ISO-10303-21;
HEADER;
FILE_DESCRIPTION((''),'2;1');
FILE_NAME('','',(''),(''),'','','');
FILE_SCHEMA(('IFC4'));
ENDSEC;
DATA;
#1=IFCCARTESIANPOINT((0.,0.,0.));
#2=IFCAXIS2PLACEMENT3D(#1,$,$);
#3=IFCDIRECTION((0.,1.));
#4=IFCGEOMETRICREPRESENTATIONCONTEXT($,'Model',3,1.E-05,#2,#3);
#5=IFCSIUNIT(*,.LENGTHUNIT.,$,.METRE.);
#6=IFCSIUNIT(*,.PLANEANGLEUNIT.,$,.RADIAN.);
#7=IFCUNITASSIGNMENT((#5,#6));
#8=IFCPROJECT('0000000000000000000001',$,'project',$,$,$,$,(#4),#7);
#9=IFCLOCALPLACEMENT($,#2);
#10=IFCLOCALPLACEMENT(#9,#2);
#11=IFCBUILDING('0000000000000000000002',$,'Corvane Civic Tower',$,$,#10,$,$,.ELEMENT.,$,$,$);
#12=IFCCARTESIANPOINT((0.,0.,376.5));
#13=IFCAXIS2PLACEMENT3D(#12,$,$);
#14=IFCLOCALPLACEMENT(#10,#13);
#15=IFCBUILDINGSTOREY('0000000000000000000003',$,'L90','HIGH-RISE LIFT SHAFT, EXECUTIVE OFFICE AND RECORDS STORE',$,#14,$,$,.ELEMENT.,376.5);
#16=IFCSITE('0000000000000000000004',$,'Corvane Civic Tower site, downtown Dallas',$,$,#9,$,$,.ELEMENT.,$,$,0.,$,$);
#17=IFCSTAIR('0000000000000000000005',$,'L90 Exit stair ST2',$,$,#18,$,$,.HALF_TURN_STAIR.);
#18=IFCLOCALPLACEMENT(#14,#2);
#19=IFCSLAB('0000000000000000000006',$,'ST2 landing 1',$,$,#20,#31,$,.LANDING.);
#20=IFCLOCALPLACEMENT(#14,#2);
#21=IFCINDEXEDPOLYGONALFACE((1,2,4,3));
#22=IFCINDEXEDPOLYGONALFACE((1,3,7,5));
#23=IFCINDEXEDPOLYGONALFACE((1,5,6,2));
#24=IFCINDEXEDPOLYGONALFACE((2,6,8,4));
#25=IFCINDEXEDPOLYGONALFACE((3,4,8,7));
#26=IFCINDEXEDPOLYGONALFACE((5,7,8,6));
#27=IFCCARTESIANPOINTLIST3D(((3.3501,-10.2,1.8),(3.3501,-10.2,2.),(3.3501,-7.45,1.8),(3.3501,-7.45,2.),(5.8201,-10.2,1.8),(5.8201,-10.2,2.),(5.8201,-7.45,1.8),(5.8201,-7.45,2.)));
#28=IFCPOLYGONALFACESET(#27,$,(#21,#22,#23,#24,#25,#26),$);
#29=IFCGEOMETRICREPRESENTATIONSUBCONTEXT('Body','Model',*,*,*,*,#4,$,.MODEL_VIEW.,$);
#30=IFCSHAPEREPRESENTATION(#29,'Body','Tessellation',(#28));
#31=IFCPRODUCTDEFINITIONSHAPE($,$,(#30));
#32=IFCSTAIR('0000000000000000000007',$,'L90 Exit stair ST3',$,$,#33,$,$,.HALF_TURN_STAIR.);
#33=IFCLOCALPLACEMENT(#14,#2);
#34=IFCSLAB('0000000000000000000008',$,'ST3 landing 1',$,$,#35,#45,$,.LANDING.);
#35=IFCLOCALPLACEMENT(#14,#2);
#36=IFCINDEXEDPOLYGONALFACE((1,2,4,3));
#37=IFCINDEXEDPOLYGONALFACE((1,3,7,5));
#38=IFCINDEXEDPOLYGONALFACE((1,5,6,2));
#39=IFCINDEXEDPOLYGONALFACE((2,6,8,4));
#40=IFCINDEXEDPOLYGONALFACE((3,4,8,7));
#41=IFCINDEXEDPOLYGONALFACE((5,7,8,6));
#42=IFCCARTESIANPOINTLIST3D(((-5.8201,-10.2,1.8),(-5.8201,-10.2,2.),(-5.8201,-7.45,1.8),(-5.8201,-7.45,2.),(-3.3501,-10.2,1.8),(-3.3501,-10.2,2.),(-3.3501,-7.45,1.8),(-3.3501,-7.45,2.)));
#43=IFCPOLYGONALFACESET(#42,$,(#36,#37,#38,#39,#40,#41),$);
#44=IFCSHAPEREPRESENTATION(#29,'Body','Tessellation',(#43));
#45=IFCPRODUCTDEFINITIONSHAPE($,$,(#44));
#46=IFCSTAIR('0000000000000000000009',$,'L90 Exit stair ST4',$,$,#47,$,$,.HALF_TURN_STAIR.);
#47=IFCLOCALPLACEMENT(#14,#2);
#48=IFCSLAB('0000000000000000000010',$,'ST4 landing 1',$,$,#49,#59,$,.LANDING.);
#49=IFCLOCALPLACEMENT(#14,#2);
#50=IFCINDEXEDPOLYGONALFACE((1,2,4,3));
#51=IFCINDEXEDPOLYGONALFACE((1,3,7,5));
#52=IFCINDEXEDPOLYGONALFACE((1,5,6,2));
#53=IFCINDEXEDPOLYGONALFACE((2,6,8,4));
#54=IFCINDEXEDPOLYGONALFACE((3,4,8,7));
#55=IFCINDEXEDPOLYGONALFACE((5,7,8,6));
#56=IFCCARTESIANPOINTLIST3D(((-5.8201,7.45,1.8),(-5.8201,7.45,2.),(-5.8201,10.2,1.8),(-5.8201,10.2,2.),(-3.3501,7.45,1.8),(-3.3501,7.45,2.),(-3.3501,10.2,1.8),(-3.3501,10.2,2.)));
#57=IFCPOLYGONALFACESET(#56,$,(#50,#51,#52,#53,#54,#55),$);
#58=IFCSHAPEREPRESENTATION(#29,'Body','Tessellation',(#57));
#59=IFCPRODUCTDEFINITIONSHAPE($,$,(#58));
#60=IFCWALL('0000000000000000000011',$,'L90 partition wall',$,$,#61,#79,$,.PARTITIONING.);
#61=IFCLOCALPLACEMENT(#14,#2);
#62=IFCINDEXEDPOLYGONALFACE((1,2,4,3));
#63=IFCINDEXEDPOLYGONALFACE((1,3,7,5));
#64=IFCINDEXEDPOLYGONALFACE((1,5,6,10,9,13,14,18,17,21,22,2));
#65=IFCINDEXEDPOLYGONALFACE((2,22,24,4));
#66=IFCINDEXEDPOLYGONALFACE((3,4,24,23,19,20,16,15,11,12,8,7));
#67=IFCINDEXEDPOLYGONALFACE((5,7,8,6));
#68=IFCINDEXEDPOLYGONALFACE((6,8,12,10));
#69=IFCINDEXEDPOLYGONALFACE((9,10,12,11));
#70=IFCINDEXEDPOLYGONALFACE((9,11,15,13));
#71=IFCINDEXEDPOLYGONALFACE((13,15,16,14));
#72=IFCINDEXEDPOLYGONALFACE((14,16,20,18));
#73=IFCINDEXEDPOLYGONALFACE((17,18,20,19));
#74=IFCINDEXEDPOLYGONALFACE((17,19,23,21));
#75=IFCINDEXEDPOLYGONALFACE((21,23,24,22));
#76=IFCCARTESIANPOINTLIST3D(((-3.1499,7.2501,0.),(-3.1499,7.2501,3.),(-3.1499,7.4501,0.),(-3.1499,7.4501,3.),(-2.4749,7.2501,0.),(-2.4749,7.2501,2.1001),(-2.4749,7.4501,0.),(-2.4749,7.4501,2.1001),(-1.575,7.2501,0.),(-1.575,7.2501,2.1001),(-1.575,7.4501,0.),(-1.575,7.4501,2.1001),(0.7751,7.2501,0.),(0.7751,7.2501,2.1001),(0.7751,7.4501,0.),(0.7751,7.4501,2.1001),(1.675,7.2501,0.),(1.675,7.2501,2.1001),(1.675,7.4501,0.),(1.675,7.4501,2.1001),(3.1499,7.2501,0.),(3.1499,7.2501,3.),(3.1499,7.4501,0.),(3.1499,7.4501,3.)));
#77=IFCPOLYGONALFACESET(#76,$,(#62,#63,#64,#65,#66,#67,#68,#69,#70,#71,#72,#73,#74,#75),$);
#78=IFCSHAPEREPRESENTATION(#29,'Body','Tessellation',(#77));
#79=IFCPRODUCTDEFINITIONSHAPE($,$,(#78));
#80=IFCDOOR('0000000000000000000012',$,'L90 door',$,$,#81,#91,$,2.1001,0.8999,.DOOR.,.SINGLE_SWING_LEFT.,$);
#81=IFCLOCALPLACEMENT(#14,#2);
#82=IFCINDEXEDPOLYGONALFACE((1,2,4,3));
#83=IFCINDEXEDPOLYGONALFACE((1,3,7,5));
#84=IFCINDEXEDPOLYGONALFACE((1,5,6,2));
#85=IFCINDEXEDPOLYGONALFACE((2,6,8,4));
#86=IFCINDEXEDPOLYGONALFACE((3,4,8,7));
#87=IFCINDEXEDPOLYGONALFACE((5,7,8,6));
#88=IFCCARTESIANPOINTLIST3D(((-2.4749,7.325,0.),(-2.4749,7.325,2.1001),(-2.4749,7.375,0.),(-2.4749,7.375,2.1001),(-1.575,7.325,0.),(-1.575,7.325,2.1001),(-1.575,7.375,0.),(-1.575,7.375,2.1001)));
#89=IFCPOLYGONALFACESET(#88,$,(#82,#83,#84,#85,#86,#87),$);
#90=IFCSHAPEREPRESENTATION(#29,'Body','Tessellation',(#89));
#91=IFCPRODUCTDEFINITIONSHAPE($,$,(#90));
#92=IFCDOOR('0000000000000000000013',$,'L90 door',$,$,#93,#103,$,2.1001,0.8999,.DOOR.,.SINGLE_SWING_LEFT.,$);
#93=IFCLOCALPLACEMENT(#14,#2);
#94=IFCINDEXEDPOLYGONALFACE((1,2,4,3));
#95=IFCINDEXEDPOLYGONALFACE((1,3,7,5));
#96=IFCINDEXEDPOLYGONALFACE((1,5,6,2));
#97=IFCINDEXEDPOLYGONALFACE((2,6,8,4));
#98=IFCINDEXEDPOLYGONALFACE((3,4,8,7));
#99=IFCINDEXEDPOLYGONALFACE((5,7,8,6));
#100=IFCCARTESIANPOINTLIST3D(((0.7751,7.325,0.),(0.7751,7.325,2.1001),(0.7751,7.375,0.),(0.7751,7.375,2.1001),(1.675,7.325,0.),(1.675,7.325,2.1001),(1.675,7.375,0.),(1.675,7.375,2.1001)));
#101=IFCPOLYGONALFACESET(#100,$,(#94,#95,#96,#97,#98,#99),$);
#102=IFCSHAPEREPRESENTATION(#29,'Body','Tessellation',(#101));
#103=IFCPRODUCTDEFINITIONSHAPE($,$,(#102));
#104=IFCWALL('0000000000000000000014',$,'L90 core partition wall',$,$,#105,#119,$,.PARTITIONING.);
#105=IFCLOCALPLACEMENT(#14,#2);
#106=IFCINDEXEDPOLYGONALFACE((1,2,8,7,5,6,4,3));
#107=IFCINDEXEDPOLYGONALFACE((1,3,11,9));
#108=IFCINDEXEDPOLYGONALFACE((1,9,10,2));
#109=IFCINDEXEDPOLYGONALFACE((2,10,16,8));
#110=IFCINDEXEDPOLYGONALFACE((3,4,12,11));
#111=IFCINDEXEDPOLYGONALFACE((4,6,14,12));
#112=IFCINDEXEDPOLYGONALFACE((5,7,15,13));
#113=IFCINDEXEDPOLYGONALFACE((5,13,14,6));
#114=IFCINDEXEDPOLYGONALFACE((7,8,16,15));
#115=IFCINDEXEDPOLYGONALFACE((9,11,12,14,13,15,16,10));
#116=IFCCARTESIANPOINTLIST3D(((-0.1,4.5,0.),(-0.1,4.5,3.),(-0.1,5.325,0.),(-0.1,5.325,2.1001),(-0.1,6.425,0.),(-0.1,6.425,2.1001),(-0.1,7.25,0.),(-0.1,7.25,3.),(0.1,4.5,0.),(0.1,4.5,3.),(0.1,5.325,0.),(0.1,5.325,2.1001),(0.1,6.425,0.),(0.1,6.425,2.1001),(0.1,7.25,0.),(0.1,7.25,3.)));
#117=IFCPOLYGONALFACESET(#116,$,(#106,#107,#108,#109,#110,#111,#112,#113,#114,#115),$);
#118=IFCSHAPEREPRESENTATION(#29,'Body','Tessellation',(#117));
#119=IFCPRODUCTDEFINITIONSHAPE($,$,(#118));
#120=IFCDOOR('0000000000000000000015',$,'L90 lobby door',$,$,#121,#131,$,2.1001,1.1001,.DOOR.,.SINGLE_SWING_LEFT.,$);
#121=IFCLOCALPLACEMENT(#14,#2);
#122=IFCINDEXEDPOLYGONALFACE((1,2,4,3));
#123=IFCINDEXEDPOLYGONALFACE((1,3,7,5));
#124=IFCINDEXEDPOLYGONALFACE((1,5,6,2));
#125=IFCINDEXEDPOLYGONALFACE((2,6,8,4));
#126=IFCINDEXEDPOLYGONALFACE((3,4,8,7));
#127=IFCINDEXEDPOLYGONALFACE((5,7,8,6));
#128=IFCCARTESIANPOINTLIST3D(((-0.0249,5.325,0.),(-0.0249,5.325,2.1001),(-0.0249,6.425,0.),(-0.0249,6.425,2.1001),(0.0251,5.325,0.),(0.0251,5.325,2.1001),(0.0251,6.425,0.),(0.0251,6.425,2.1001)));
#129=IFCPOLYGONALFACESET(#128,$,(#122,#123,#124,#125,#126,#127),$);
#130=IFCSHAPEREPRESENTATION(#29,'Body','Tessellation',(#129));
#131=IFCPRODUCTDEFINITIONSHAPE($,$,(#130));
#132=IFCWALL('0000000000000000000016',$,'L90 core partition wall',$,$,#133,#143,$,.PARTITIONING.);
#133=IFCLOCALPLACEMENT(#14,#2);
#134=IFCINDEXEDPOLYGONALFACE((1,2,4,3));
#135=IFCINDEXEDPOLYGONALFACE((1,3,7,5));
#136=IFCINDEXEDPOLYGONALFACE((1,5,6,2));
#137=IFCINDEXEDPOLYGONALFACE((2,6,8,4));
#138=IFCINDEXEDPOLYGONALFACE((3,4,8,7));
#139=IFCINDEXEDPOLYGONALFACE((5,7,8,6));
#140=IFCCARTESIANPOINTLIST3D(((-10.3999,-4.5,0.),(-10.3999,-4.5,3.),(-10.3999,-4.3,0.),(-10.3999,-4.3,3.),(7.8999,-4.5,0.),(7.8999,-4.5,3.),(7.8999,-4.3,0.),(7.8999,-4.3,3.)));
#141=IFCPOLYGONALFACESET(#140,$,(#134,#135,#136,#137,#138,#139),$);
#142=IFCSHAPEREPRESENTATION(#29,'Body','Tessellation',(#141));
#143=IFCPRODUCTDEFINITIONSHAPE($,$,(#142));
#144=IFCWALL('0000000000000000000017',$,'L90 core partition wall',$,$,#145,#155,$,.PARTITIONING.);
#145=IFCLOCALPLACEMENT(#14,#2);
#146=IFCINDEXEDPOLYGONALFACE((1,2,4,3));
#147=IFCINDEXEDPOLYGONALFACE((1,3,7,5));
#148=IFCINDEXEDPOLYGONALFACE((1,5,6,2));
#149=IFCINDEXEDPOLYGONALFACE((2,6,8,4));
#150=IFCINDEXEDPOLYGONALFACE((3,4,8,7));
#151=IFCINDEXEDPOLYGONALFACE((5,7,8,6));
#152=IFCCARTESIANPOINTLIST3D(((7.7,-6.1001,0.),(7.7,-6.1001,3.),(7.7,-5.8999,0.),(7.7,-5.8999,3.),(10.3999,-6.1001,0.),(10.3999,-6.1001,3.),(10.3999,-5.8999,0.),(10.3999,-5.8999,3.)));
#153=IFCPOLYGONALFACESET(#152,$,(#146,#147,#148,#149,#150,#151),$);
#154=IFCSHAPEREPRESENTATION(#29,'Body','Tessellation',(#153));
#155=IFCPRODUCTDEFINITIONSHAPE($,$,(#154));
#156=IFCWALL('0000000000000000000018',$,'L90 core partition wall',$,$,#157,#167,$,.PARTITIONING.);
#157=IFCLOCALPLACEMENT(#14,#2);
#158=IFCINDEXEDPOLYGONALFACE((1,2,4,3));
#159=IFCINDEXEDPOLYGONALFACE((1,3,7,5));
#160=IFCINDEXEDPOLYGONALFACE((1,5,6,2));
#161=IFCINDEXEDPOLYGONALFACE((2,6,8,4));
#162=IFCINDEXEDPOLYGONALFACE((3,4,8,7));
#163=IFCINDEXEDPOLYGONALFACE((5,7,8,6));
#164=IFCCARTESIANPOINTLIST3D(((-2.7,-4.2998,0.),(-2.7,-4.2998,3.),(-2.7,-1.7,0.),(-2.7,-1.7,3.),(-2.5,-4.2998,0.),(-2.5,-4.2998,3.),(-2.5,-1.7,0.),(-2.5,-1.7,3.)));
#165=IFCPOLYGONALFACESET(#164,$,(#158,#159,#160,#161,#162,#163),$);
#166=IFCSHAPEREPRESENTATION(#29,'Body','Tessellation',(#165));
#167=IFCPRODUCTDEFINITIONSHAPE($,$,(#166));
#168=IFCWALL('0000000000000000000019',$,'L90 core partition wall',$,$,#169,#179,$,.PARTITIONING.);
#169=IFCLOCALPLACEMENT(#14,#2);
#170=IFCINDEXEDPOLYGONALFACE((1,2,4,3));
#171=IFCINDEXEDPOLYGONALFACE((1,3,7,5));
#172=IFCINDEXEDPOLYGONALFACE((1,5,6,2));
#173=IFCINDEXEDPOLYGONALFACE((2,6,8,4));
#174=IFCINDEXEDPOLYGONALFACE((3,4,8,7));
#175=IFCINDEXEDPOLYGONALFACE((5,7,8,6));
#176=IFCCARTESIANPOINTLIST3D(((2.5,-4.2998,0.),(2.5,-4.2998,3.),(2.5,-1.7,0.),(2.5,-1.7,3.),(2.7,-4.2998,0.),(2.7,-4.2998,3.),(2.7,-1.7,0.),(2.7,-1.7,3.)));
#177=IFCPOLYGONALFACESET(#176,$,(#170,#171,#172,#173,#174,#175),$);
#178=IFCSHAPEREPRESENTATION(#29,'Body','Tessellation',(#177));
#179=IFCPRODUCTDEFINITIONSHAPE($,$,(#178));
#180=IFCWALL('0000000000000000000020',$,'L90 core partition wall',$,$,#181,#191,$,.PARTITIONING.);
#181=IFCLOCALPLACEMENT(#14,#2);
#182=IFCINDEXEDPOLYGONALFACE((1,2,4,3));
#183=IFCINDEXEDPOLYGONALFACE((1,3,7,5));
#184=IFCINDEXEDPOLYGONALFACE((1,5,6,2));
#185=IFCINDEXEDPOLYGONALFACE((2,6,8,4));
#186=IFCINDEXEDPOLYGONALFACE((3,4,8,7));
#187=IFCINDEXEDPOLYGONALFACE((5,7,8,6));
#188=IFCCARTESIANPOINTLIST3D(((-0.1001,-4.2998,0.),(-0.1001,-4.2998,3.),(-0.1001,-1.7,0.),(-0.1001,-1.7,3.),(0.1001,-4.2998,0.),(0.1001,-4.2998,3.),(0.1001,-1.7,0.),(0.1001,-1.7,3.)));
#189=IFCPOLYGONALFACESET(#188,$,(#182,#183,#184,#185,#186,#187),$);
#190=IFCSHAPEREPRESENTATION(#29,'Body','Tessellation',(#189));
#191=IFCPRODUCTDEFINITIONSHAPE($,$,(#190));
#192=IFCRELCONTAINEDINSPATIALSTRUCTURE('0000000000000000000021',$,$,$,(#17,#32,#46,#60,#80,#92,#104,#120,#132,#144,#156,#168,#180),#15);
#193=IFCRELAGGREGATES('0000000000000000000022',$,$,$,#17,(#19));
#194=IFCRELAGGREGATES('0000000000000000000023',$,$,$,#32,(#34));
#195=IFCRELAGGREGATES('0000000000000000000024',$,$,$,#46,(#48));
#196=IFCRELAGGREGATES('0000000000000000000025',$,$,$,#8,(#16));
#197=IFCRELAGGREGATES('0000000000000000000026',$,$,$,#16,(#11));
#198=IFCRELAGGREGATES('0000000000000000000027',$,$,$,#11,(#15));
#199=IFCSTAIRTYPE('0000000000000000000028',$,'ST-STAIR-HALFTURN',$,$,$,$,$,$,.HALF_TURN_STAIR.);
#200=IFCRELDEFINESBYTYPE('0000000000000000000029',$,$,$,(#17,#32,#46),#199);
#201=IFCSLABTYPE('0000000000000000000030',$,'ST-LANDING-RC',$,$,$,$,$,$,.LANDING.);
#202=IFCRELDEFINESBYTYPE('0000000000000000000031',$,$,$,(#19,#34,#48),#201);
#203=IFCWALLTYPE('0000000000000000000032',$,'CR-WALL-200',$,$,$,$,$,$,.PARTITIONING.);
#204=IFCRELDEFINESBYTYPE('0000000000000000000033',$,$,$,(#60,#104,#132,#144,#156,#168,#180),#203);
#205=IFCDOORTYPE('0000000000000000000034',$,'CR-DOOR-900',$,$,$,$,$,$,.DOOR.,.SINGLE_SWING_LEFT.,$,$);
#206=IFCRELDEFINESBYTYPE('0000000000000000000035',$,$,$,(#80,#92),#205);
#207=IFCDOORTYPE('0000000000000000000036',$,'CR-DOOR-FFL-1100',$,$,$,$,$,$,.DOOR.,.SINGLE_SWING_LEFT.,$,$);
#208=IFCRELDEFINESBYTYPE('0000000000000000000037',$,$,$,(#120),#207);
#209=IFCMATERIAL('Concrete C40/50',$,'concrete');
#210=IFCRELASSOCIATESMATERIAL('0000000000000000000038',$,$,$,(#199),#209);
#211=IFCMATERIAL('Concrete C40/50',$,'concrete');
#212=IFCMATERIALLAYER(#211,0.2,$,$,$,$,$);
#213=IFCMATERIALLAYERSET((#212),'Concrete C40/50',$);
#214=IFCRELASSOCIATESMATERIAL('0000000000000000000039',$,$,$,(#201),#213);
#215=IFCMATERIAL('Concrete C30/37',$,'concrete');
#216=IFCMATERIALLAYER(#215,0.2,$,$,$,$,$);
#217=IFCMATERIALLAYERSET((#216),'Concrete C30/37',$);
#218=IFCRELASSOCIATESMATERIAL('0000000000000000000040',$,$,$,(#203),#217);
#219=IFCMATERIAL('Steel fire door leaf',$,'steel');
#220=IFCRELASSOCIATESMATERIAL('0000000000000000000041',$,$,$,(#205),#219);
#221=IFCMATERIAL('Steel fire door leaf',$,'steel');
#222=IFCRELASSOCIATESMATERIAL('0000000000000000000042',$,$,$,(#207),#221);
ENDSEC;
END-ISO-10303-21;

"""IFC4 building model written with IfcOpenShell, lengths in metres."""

from ifc_helpers import new_model, si_unit, direction, frame, frame_2d, origin, place, context, subcontext, project, spatial, polyline, rectangle, outline, extrude, material, layer, layer_set, type_object, element, fill, aggregate, save


model = new_model("IFC4")

# Units and contexts
model_context = context("Model", 3, precision=1e-05, world=origin(), true_north=direction((0.0, 1.0)))
body_context = subcontext(model_context, "Body", "Model", "MODEL_VIEW")
ifc_project = project(units=[si_unit("LENGTHUNIT", "METRE"), si_unit("PLANEANGLEUNIT", "RADIAN")], contexts=[model_context])

# Site, building, storey
site_placement = place(None, origin())
site = spatial("IfcSite", under=ifc_project, at=site_placement, Name="Corvane Civic Tower site, downtown Dallas", CompositionType="ELEMENT", RefElevation=0.0)
building_placement = place(site_placement, origin())
building = spatial("IfcBuilding", under=site, at=building_placement, Name="Corvane Civic Tower", CompositionType="ELEMENT")
storey_placement = place(building_placement, frame((0.0, 0.0, 376.5)))
storey = spatial("IfcBuildingStorey", under=building, at=storey_placement, Name="L90", Description="HIGH-RISE LIFT SHAFT, EXECUTIVE OFFICE AND RECORDS STORE", CompositionType="ELEMENT", Elevation=376.5)

# Stairs, slabs
ifc_material_1 = material(Name="Concrete C40/50", Category="concrete")
stair_type = type_object("IfcStairType", Name="ST-STAIR-HALFTURN", PredefinedType="HALF_TURN_STAIR", material=ifc_material_1)
stair_1_placement = place(storey_placement, origin())
stair_1 = element("IfcStair", 1, at=stair_1_placement, inside=storey, type_object=stair_type, Name="L90 Exit stair ST2", PredefinedType="HALF_TURN_STAIR")
ifc_material_2 = material(Name="Concrete C40/50", Category="concrete")
ifc_layer_1 = layer(ifc_material_2, 0.2)
ifc_layer_set_1 = layer_set([ifc_layer_1], Name="Concrete C40/50")
slab_type = type_object("IfcSlabType", Name="ST-LANDING-RC", PredefinedType="LANDING", material=ifc_layer_set_1)
slab_1_placement = place(storey_placement, frame((0.0, 0.0, 1.8)))
slab_1 = element("IfcSlab", 2, at=slab_1_placement, type_object=slab_type, Name="ST2 landing 1", PredefinedType="LANDING", context=body_context, shape_type="SweptSolid", body=[
    extrude(outline(polyline([(5.8201, -7.45), (3.3501, -7.45), (3.3501, -10.2), (5.8201, -10.2), (5.8201, -7.45)])), origin(), (0.0, 0.0, 1.0), 0.2),
])
aggregate(stair_1, [slab_1])
stair_2_placement = place(storey_placement, origin())
stair_2 = element("IfcStair", 3, at=stair_2_placement, inside=storey, type_object=stair_type, Name="L90 Exit stair ST3", PredefinedType="HALF_TURN_STAIR")
slab_2_placement = place(storey_placement, frame((0.0, 0.0, 1.8)))
slab_2 = element("IfcSlab", 4, at=slab_2_placement, type_object=slab_type, Name="ST3 landing 1", PredefinedType="LANDING", context=body_context, shape_type="SweptSolid", body=[
    extrude(outline(polyline([(-5.8201, -10.2), (-3.3501, -10.2), (-3.3501, -7.45), (-5.8201, -7.45), (-5.8201, -10.2)])), origin(), (0.0, 0.0, 1.0), 0.2),
])
aggregate(stair_2, [slab_2])
stair_3_placement = place(storey_placement, origin())
stair_3 = element("IfcStair", 5, at=stair_3_placement, inside=storey, type_object=stair_type, Name="L90 Exit stair ST4", PredefinedType="HALF_TURN_STAIR")
slab_3_placement = place(storey_placement, frame((0.0, 0.0, 1.8)))
slab_3 = element("IfcSlab", 6, at=slab_3_placement, type_object=slab_type, Name="ST4 landing 1", PredefinedType="LANDING", context=body_context, shape_type="SweptSolid", body=[
    extrude(outline(polyline([(-5.8201, 7.45), (-3.3501, 7.45), (-3.3501, 10.2), (-5.8201, 10.2), (-5.8201, 7.45)])), origin(), (0.0, 0.0, 1.0), 0.2),
])

# Wall, openings, doors
ifc_material_3 = material(Name="Concrete C30/37", Category="concrete")
ifc_layer_2 = layer(ifc_material_3, 0.2)
ifc_layer_set_2 = layer_set([ifc_layer_2], Name="Concrete C30/37")
wall_type = type_object("IfcWallType", Name="CR-WALL-200", PredefinedType="PARTITIONING", material=ifc_layer_set_2)
wall_1_placement = place(storey_placement, frame((-3.1499, 7.3501, 0.0), z_axis=(0.0, 0.0, 1.0), x_axis=(1.0, 0.0, 0.0)))
wall_1 = element("IfcWall", 7, at=wall_1_placement, inside=storey, type_object=wall_type, Name="L90 partition wall", PredefinedType="PARTITIONING", context=body_context, shape_type="SweptSolid", body=[
    extrude(rectangle(XDim=6.2998, YDim=0.2, at=frame_2d((3.1499, 0.0))), origin(), (0.0, 0.0, 1.0), 3.0),
])
opening_1_placement = place(wall_1_placement, frame((0.675, 0.0, 0.0)))
opening_1 = element("IfcOpeningElement", 8, at=opening_1_placement, cuts=wall_1, PredefinedType="OPENING", context=body_context, shape_type="SweptSolid", body=[
    extrude(rectangle(XDim=0.8999, YDim=2.1001, at=frame_2d((0.45, 1.05))), frame((0.0, 0.1099, 0.0), z_axis=(0.0, -1.0, 0.0), x_axis=(1.0, 0.0, 0.0)), (0.0, 0.0, 1.0), 0.22),
])
opening_2_placement = place(wall_1_placement, frame((3.925, 0.0, 0.0)))
opening_2 = element("IfcOpeningElement", 9, at=opening_2_placement, cuts=wall_1, PredefinedType="OPENING", context=body_context, shape_type="SweptSolid", body=[
    extrude(rectangle(XDim=0.8999, YDim=2.1001, at=frame_2d((0.45, 1.05))), frame((0.0, 0.1099, 0.0), z_axis=(0.0, -1.0, 0.0), x_axis=(1.0, 0.0, 0.0)), (0.0, 0.0, 1.0), 0.22),
])
ifc_material_4 = material(Name="Steel fire door leaf", Category="steel")
door_type_1 = type_object("IfcDoorType", Name="CR-DOOR-900", OperationType="SINGLE_SWING_LEFT", PredefinedType="DOOR", material=ifc_material_4)
door_1_placement = place(opening_1_placement, origin())
door_1 = element("IfcDoor", 10, at=door_1_placement, inside=storey, type_object=door_type_1, Name="L90 door", OperationType="SINGLE_SWING_LEFT", OverallHeight=2.1001, OverallWidth=0.8999, PredefinedType="DOOR", context=body_context, shape_type="SweptSolid", body=[
    extrude(rectangle(XDim=0.8999, YDim=2.1001, at=frame_2d((0.45, 1.05))), frame((0.0, 0.0249, 0.0), z_axis=(0.0, -1.0, 0.0), x_axis=(1.0, 0.0, 0.0)), (0.0, 0.0, 1.0), 0.05),
])
fill(opening_1, door_1)
door_2_placement = place(opening_2_placement, origin())
door_2 = element("IfcDoor", 11, at=door_2_placement, inside=storey, type_object=door_type_1, Name="L90 door", OperationType="SINGLE_SWING_LEFT", OverallHeight=2.1001, OverallWidth=0.8999, PredefinedType="DOOR", context=body_context, shape_type="SweptSolid", body=[
    extrude(rectangle(XDim=0.8999, YDim=2.1001, at=frame_2d((0.45, 1.05))), frame((0.0, 0.0249, 0.0), z_axis=(0.0, -1.0, 0.0), x_axis=(1.0, 0.0, 0.0)), (0.0, 0.0, 1.0), 0.05),
])
fill(opening_2, door_2)

# Wall, opening, door
wall_2_placement = place(storey_placement, frame((0.0, 4.5, 0.0), z_axis=(0.0, 0.0, 1.0), x_axis=(0.0, 1.0, 0.0)))
wall_2 = element("IfcWall", 12, at=wall_2_placement, inside=storey, type_object=wall_type, Name="L90 core partition wall", PredefinedType="PARTITIONING", context=body_context, shape_type="SweptSolid", body=[
    extrude(rectangle(XDim=2.75, YDim=0.2, at=frame_2d((1.375, 0.0))), origin(), (0.0, 0.0, 1.0), 3.0),
])
opening_3_placement = place(wall_2_placement, frame((0.825, 0.0, 0.0)))
opening_3 = element("IfcOpeningElement", 13, at=opening_3_placement, cuts=wall_2, PredefinedType="OPENING", context=body_context, shape_type="SweptSolid", body=[
    extrude(rectangle(XDim=1.1001, YDim=2.1001, at=frame_2d((0.55, 1.05))), frame((0.0, 0.1099, 0.0), z_axis=(0.0, -1.0, 0.0), x_axis=(1.0, 0.0, 0.0)), (0.0, 0.0, 1.0), 0.22),
])
ifc_material_5 = material(Name="Steel fire door leaf", Category="steel")
door_type_2 = type_object("IfcDoorType", Name="CR-DOOR-FFL-1100", OperationType="SINGLE_SWING_LEFT", PredefinedType="DOOR", material=ifc_material_5)
door_3_placement = place(opening_3_placement, origin())
door_3 = element("IfcDoor", 14, at=door_3_placement, inside=storey, type_object=door_type_2, Name="L90 lobby door", OperationType="SINGLE_SWING_LEFT", OverallHeight=2.1001, OverallWidth=1.1001, PredefinedType="DOOR", context=body_context, shape_type="SweptSolid", body=[
    extrude(rectangle(XDim=1.1001, YDim=2.1001, at=frame_2d((0.55, 1.05))), frame((0.0, 0.0249, 0.0), z_axis=(0.0, -1.0, 0.0), x_axis=(1.0, 0.0, 0.0)), (0.0, 0.0, 1.0), 0.05),
])
fill(opening_3, door_3)

# Walls
wall_3_placement = place(storey_placement, origin())
element("IfcWall", 15, at=wall_3_placement, inside=storey, type_object=wall_type, Name="L90 core partition wall", PredefinedType="PARTITIONING", context=body_context, shape_type="SweptSolid", body=[
    extrude(outline(polyline([(7.8999, -4.3), (7.8999, -4.5), (-10.3999, -4.5), (-10.3999, -4.3), (7.8999, -4.3)])), origin(), (0.0, 0.0, 1.0), 3.0),
])
wall_4_placement = place(storey_placement, origin())
element("IfcWall", 16, at=wall_4_placement, inside=storey, type_object=wall_type, Name="L90 core partition wall", PredefinedType="PARTITIONING", context=body_context, shape_type="SweptSolid", body=[
    extrude(outline(polyline([(10.3999, -6.1001), (7.7, -6.1001), (7.7, -5.8999), (10.3999, -5.8999), (10.3999, -6.1001)])), origin(), (0.0, 0.0, 1.0), 3.0),
])
wall_5_placement = place(storey_placement, origin())
element("IfcWall", 17, at=wall_5_placement, inside=storey, type_object=wall_type, Name="L90 core partition wall", PredefinedType="PARTITIONING", context=body_context, shape_type="SweptSolid", body=[
    extrude(outline(polyline([(-2.5, -1.7), (-2.5, -4.2998), (-2.7, -4.2998), (-2.7, -1.7), (-2.5, -1.7)])), origin(), (0.0, 0.0, 1.0), 3.0),
])
wall_6_placement = place(storey_placement, origin())
element("IfcWall", 18, at=wall_6_placement, inside=storey, type_object=wall_type, Name="L90 core partition wall", PredefinedType="PARTITIONING", context=body_context, shape_type="SweptSolid", body=[
    extrude(outline(polyline([(2.7, -1.7), (2.7, -4.2998), (2.5, -4.2998), (2.5, -1.7), (2.7, -1.7)])), origin(), (0.0, 0.0, 1.0), 3.0),
])
wall_7_placement = place(storey_placement, origin())
element("IfcWall", 19, at=wall_7_placement, inside=storey, type_object=wall_type, Name="L90 core partition wall", PredefinedType="PARTITIONING", context=body_context, shape_type="SweptSolid", body=[
    extrude(outline(polyline([(0.1001, -1.7), (0.1001, -4.2998), (-0.1001, -4.2998), (-0.1001, -1.7), (0.1001, -1.7)])), origin(), (0.0, 0.0, 1.0), 3.0),
])

aggregate(stair_3, [slab_3])

save(model, "model.ifc")
